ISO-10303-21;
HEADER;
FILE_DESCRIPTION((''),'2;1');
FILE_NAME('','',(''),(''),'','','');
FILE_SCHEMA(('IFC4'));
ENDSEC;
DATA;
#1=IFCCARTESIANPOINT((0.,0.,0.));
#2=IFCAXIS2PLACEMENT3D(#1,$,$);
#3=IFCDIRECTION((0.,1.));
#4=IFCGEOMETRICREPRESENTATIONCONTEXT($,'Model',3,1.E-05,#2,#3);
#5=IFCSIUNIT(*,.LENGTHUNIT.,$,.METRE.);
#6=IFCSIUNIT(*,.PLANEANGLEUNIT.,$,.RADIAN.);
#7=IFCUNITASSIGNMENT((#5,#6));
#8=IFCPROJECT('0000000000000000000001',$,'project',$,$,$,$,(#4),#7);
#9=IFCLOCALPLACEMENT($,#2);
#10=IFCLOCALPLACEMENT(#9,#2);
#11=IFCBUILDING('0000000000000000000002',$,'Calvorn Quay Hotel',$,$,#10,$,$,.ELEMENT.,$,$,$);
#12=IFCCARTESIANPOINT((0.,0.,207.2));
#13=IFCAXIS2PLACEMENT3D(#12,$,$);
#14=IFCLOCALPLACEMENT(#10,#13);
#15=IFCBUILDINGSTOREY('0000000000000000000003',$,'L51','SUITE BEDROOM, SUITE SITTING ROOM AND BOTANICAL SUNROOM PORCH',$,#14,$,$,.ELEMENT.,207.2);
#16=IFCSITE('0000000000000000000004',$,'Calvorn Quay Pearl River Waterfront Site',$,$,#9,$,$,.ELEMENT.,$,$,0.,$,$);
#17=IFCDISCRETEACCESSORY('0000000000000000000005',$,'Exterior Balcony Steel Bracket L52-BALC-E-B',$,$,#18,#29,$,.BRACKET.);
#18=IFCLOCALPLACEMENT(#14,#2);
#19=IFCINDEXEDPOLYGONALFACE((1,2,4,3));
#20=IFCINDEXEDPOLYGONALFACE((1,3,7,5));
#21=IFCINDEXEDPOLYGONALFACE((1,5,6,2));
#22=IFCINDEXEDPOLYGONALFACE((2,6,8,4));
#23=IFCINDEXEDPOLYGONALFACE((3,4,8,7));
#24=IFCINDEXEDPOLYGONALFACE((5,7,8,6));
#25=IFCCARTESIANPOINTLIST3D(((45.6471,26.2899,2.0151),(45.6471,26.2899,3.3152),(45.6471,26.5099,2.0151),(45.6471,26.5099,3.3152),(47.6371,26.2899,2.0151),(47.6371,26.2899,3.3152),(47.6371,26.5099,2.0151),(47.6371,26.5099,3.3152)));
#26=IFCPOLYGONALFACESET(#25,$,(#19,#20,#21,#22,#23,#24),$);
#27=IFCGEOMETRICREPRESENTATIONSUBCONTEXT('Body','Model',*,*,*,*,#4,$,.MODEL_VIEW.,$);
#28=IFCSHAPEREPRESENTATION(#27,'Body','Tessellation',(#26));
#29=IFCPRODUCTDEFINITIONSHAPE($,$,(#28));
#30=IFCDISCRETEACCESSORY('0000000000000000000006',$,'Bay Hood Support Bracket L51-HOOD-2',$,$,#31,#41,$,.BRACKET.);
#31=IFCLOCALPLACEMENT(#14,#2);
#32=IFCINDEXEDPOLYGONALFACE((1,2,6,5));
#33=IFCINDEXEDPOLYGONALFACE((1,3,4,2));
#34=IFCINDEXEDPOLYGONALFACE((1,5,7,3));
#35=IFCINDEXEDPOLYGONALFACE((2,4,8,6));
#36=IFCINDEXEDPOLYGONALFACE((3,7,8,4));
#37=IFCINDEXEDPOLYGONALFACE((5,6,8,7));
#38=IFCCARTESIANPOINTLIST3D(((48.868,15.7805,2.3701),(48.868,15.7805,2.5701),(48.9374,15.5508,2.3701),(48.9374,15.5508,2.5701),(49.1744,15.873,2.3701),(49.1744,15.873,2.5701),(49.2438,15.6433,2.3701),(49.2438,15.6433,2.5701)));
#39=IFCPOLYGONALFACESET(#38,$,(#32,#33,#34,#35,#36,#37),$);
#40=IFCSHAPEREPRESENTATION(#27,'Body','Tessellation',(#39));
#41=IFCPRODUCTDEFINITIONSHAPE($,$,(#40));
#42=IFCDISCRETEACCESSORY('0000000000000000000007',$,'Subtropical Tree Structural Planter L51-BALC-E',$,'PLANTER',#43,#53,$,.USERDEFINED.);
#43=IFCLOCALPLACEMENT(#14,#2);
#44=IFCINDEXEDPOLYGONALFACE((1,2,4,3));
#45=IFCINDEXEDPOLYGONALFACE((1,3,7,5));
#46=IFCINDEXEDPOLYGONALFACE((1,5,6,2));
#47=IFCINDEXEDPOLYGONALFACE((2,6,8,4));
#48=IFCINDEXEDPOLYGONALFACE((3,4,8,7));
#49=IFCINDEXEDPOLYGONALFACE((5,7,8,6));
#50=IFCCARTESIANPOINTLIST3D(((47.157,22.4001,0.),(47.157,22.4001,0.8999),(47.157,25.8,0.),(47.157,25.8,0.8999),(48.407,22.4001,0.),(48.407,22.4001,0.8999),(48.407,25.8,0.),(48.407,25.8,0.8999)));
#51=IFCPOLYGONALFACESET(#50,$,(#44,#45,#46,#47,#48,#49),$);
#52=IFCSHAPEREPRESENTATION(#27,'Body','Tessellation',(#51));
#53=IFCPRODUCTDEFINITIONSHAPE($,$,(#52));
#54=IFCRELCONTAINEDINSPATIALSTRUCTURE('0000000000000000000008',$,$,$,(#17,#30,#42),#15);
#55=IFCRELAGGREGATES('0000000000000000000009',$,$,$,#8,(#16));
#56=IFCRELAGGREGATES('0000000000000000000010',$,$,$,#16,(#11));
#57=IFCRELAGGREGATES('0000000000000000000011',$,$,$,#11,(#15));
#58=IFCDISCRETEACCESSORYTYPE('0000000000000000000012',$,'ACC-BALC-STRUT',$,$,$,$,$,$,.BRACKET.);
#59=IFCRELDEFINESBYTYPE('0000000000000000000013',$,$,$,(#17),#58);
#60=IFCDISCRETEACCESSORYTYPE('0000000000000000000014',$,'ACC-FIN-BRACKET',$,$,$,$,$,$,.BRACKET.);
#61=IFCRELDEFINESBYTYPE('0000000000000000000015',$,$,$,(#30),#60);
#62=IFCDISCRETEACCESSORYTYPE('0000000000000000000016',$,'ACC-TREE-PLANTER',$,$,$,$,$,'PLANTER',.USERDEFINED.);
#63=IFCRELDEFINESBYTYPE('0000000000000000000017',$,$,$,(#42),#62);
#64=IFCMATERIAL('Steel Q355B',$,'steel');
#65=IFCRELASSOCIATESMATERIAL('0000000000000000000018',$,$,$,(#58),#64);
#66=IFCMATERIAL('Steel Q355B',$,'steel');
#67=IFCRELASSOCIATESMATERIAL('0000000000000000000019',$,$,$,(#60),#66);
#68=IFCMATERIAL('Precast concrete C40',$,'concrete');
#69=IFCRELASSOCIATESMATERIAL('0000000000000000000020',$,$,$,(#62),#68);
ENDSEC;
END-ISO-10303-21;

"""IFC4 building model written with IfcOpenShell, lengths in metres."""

from ifc_helpers import new_model, si_unit, direction, frame, origin, origin_2d, place, context, subcontext, project, spatial, rectangle, extrude, material, type_object, element, save


model = new_model("IFC4")

# Units and contexts
model_context = context("Model", 3, precision=1e-05, world=origin(), true_north=direction((0.0, 1.0)))
body_context = subcontext(model_context, "Body", "Model", "MODEL_VIEW")
ifc_project = project(units=[si_unit("LENGTHUNIT", "METRE"), si_unit("PLANEANGLEUNIT", "RADIAN")], contexts=[model_context])

# Site, building, storey
site_placement = place(None, origin())
site = spatial("IfcSite", under=ifc_project, at=site_placement, Name="Calvorn Quay Pearl River Waterfront Site", CompositionType="ELEMENT", RefElevation=0.0)
building_placement = place(site_placement, origin())
building = spatial("IfcBuilding", under=site, at=building_placement, Name="Calvorn Quay Hotel", CompositionType="ELEMENT")
storey_placement = place(building_placement, frame((0.0, 0.0, 207.2)))
storey = spatial("IfcBuildingStorey", under=building, at=storey_placement, Name="L51", Description="SUITE BEDROOM, SUITE SITTING ROOM AND BOTANICAL SUNROOM PORCH", CompositionType="ELEMENT", Elevation=207.2)

# Discrete accessories
ifc_material_1 = material(Name="Steel Q355B", Category="steel")
discrete_accessory_type_1 = type_object("IfcDiscreteAccessoryType", Name="ACC-BALC-STRUT", PredefinedType="BRACKET", material=ifc_material_1)
for number, where, z_axis, x_axis, name in (
    (1, (46.6421, 26.3999, 2.0151), (0.0, 0.0, 1.0), (1.0, 0.0, 0.0), "Exterior Balcony Steel Bracket L52-BALC-E-B"),
):
    element("IfcDiscreteAccessory", number, at=place(storey_placement, frame(where, z_axis=z_axis, x_axis=x_axis)), inside=storey, type_object=discrete_accessory_type_1, Name=name, PredefinedType="BRACKET", context=body_context, shape_type="SweptSolid", body=[
        extrude(rectangle(XDim=1.99, YDim=0.22, at=origin_2d()), origin(), (0.0, 0.0, 1.0), 1.3),
    ])
ifc_material_2 = material(Name="Steel Q355B", Category="steel")
discrete_accessory_type_2 = type_object("IfcDiscreteAccessoryType", Name="ACC-FIN-BRACKET", PredefinedType="BRACKET", material=ifc_material_2)
discrete_accessory_1_placement = place(storey_placement, frame((49.0559, 15.7119, 2.3701), z_axis=(0.0, 0.0, 1.0), x_axis=(0.957319, 0.289032, 0.0)))
element("IfcDiscreteAccessory", 2, at=discrete_accessory_1_placement, inside=storey, type_object=discrete_accessory_type_2, Name="Bay Hood Support Bracket L51-HOOD-2", PredefinedType="BRACKET", context=body_context, shape_type="SweptSolid", body=[
    extrude(rectangle(XDim=0.3201, YDim=0.24, at=origin_2d()), origin(), (0.0, 0.0, 1.0), 0.2),
])
ifc_material_3 = material(Name="Precast concrete C40", Category="concrete")
discrete_accessory_type_3 = type_object("IfcDiscreteAccessoryType", Name="ACC-TREE-PLANTER", ElementType="PLANTER", PredefinedType="USERDEFINED", material=ifc_material_3)
discrete_accessory_2_placement = place(storey_placement, frame((47.782, 24.1001, 0.0), z_axis=(0.0, 0.0, 1.0), x_axis=(1.0, 0.0, 0.0)))
element("IfcDiscreteAccessory", 3, at=discrete_accessory_2_placement, inside=storey, type_object=discrete_accessory_type_3, Name="Subtropical Tree Structural Planter L51-BALC-E", ObjectType="PLANTER", PredefinedType="USERDEFINED", context=body_context, shape_type="SweptSolid", body=[
    extrude(rectangle(XDim=1.25, YDim=3.3999, at=origin_2d()), origin(), (0.0, 0.0, 1.0), 0.8999),
])

save(model, "model.ifc")
